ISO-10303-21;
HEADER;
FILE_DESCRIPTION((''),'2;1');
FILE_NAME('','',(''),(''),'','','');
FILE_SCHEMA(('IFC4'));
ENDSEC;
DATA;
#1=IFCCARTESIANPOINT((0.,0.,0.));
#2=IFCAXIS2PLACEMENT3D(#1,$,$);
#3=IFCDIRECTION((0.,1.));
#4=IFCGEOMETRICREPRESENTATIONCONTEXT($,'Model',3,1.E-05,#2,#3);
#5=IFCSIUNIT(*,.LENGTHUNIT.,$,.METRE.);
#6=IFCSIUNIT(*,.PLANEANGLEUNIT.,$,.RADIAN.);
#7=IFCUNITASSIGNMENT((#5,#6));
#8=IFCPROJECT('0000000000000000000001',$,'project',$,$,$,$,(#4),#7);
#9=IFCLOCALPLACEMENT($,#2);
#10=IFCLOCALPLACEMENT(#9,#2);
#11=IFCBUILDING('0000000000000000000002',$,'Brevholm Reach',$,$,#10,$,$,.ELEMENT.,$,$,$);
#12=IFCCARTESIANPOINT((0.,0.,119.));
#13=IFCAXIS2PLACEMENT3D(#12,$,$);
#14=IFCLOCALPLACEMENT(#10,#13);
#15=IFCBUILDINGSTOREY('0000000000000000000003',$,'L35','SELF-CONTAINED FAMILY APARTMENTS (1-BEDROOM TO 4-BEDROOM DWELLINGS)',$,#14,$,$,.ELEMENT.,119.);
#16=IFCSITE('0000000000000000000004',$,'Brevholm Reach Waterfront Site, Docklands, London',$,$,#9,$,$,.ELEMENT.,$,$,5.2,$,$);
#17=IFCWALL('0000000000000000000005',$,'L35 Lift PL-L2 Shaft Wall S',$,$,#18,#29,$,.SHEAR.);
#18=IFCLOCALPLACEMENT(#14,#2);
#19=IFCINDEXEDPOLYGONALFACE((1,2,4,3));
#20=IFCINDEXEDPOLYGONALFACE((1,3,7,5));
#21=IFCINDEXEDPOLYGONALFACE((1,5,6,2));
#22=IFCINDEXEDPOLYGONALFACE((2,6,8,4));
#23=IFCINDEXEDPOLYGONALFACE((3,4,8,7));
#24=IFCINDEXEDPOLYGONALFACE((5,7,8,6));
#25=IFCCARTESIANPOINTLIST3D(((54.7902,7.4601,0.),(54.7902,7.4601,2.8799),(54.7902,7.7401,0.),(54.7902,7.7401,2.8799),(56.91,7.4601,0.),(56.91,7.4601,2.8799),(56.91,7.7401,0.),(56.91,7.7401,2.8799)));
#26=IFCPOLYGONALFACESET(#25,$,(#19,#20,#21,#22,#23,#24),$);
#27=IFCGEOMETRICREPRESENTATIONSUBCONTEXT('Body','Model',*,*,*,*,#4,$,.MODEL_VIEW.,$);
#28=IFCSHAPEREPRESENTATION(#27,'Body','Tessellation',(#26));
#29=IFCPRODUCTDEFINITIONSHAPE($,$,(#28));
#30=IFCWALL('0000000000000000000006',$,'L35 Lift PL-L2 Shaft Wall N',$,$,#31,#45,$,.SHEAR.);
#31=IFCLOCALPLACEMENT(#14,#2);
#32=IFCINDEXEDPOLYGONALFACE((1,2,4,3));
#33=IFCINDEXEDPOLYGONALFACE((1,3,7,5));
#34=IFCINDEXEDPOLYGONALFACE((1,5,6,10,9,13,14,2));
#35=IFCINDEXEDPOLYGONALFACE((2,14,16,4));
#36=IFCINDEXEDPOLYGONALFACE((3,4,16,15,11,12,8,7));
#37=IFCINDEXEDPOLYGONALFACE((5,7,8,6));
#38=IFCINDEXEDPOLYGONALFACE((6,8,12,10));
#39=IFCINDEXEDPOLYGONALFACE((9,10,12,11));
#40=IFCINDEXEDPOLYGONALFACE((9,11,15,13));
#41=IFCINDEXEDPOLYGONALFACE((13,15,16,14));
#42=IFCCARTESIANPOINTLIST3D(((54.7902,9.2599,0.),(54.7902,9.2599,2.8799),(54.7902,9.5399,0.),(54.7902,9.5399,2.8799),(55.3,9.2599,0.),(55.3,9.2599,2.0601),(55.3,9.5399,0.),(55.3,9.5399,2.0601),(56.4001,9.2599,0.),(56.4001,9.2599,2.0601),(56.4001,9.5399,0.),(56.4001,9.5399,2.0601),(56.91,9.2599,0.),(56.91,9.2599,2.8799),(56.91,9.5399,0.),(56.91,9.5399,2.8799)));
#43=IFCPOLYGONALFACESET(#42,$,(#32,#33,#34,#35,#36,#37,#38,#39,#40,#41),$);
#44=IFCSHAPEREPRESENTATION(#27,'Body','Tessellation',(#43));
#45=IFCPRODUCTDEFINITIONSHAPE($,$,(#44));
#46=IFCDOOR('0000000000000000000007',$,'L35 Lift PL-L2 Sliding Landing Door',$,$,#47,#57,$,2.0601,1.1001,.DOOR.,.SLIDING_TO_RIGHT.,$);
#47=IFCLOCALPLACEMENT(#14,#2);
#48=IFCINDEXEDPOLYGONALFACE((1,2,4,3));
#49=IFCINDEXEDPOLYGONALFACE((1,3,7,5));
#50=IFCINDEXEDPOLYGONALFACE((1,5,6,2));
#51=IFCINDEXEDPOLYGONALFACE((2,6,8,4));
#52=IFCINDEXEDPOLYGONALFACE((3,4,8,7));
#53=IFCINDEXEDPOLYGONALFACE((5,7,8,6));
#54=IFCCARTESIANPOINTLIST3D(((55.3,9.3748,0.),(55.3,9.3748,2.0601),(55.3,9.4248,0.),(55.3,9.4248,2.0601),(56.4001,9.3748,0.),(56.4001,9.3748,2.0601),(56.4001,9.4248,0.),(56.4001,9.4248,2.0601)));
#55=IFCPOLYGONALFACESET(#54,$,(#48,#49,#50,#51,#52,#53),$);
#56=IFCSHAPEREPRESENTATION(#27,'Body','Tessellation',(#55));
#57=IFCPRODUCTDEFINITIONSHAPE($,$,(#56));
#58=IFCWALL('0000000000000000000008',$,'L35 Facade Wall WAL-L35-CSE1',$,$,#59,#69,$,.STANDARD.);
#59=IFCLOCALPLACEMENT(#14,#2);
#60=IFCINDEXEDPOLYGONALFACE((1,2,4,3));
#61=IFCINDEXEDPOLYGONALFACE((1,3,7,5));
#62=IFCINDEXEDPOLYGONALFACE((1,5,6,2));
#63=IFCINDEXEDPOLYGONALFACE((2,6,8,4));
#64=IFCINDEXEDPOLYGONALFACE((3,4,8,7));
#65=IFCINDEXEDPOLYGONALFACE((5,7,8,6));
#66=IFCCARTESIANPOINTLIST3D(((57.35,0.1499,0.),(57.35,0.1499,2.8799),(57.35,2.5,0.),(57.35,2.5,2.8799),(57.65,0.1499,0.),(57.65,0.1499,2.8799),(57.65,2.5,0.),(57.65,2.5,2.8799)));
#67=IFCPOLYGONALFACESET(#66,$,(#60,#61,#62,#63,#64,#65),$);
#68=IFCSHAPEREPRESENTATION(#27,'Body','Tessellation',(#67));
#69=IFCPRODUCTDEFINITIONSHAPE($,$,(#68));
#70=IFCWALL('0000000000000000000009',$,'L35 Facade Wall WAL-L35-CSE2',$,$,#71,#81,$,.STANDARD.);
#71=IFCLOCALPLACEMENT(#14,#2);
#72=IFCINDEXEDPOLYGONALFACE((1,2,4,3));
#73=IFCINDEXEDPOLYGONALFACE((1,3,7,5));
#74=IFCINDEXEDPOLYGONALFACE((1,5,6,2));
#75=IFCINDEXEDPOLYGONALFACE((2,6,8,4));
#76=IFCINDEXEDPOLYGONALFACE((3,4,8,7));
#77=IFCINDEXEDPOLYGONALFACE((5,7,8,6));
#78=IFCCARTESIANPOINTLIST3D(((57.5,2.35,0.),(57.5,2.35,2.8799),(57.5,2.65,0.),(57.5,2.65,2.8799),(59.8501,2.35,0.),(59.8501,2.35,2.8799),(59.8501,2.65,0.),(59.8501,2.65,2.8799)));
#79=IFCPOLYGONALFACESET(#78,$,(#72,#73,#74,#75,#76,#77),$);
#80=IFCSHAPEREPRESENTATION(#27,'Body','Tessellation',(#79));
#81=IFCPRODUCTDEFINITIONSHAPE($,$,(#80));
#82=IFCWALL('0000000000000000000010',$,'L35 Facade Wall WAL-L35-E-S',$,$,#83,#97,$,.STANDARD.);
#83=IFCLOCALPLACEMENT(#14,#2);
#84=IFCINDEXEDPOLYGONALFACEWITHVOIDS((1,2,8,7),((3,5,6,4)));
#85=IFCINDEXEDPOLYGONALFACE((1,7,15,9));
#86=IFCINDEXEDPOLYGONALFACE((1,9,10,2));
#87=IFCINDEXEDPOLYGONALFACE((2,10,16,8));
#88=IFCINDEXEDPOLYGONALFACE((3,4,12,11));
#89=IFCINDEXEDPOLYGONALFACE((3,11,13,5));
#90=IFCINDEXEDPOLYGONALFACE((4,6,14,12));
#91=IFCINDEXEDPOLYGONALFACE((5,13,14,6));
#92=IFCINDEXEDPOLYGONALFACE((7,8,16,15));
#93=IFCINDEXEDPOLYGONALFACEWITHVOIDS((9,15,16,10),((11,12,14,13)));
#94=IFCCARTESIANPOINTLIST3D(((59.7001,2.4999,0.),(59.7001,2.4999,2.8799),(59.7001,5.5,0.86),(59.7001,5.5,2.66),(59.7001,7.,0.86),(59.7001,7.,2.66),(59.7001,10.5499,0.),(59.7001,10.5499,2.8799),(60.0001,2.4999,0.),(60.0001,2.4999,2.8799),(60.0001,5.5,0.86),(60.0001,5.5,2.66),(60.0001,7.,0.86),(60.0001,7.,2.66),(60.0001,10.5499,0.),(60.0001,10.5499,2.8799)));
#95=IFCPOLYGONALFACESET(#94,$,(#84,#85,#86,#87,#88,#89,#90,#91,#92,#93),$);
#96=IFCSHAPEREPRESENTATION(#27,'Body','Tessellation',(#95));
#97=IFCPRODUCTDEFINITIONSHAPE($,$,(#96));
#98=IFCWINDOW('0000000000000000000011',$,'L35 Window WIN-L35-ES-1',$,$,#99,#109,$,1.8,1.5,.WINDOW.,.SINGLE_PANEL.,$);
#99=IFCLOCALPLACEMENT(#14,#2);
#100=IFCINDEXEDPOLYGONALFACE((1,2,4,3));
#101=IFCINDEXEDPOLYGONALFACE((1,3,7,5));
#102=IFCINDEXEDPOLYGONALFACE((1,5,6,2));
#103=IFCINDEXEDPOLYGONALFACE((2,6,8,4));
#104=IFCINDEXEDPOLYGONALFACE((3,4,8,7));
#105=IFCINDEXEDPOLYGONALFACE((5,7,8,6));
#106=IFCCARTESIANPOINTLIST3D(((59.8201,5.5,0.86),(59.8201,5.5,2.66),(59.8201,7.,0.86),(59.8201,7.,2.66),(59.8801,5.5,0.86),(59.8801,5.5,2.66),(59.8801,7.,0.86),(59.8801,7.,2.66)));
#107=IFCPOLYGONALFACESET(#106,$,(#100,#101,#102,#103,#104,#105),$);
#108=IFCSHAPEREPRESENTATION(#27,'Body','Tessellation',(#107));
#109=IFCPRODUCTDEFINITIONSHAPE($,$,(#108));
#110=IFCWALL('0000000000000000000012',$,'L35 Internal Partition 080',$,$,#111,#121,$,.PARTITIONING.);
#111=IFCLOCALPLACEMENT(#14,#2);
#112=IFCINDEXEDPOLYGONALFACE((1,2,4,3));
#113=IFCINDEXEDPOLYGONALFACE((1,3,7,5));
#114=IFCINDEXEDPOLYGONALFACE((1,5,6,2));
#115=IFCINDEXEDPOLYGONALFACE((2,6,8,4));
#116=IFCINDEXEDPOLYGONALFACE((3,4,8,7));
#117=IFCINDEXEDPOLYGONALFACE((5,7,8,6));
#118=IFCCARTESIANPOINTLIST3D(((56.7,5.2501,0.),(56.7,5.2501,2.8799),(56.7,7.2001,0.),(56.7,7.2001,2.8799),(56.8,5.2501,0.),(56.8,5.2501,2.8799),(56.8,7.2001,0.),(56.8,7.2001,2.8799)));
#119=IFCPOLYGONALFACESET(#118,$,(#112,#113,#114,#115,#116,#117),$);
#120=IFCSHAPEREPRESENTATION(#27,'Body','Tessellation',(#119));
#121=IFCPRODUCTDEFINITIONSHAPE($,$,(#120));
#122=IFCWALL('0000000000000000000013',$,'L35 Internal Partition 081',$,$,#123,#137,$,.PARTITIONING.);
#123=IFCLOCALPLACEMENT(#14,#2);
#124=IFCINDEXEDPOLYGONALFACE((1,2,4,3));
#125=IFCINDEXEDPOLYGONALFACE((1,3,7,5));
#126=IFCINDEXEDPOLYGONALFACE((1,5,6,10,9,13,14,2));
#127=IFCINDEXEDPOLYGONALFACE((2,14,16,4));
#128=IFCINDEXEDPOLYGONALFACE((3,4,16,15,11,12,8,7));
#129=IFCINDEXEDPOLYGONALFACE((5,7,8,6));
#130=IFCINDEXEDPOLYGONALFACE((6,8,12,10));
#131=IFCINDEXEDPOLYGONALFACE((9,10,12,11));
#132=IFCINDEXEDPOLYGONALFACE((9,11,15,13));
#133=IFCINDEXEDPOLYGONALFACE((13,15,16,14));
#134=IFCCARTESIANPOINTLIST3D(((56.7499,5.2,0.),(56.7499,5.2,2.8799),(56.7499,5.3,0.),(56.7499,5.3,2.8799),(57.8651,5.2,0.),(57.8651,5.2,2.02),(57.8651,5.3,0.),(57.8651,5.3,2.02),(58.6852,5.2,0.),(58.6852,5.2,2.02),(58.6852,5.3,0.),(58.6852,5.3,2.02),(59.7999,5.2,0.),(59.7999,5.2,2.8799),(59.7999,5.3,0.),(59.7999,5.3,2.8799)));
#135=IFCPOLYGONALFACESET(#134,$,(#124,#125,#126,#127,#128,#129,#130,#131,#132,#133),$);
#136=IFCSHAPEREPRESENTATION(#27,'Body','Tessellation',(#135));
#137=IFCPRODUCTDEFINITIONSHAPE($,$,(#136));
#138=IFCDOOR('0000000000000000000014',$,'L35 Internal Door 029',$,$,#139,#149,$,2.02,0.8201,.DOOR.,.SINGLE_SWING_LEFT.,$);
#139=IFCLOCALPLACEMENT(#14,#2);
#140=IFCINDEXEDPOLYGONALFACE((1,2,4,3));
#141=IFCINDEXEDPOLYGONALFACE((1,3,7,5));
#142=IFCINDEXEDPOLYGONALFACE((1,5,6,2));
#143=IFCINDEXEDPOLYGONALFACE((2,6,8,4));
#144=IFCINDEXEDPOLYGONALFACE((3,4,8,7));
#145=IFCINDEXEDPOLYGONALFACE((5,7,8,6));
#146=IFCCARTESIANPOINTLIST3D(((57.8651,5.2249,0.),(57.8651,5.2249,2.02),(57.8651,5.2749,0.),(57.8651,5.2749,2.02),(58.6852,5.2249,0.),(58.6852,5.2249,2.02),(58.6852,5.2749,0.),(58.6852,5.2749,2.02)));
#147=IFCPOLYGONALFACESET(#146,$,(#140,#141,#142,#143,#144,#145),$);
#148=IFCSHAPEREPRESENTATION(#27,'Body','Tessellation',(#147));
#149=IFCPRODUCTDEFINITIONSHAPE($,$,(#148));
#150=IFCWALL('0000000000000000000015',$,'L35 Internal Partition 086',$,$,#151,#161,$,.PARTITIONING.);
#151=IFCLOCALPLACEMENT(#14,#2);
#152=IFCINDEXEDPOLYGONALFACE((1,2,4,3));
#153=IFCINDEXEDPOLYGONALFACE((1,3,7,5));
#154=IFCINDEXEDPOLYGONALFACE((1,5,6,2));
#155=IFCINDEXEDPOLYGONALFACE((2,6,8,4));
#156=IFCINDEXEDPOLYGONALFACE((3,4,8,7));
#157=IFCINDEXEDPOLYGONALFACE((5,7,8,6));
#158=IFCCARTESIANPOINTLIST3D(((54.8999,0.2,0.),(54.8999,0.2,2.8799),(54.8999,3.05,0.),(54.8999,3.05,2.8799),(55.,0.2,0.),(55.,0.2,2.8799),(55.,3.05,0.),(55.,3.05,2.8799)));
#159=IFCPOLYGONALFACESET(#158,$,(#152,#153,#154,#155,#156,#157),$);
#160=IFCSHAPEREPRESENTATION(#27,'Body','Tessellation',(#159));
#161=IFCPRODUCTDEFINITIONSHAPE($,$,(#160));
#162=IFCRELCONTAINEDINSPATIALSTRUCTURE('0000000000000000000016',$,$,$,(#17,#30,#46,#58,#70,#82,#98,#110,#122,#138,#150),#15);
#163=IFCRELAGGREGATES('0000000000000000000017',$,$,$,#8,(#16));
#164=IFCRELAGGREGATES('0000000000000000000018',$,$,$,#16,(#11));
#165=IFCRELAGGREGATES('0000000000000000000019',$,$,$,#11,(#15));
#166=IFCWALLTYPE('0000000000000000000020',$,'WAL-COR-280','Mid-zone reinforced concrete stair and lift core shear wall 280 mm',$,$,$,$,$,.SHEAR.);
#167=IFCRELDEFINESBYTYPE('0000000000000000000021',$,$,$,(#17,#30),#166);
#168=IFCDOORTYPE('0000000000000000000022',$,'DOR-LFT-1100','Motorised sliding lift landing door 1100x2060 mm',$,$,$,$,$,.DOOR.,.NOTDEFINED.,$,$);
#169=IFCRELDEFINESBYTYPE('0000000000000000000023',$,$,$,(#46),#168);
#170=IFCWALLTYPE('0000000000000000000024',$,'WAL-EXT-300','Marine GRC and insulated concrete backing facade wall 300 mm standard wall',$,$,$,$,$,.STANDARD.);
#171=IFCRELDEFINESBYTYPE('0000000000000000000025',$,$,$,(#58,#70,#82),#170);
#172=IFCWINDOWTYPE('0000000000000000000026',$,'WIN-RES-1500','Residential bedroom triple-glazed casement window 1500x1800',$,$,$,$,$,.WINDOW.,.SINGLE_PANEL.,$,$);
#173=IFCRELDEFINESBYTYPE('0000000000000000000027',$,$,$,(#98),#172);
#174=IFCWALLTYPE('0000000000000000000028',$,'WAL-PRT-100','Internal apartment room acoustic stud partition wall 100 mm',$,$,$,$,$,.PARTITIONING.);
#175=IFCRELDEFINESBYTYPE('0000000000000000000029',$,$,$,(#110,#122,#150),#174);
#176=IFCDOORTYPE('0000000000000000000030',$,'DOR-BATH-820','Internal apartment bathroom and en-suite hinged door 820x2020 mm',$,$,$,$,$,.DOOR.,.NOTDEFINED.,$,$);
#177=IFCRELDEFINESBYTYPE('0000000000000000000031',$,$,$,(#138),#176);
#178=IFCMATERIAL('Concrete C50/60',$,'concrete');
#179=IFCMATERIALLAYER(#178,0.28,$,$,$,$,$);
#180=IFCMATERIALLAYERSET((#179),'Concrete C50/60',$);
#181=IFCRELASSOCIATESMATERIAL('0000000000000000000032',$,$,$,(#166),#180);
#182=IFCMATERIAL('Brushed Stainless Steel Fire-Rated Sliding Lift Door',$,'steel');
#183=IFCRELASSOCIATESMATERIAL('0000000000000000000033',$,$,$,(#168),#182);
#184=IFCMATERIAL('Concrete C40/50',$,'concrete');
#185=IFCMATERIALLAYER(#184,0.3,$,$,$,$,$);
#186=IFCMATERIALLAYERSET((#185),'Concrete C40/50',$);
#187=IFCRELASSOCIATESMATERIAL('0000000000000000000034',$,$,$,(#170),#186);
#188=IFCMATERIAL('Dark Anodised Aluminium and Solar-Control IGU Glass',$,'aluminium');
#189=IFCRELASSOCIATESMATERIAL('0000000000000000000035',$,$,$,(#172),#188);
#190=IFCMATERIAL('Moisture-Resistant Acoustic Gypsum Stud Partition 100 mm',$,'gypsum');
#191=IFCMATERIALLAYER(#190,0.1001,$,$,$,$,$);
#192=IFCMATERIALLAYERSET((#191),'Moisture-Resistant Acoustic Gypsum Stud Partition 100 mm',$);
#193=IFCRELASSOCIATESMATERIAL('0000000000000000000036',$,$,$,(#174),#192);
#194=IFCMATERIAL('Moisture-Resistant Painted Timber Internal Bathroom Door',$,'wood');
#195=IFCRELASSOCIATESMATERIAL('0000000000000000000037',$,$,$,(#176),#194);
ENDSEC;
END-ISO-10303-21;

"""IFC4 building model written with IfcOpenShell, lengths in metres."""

from ifc_helpers import new_model, si_unit, direction, frame, frame_2d, origin, place, context, subcontext, project, spatial, rectangle, extrude, material, layer, layer_set, type_object, element, fill, save


model = new_model("IFC4")

# Units and contexts
model_context = context("Model", 3, precision=1e-05, world=origin(), true_north=direction((0.0, 1.0)))
body_context = subcontext(model_context, "Body", "Model", "MODEL_VIEW")
ifc_project = project(units=[si_unit("LENGTHUNIT", "METRE"), si_unit("PLANEANGLEUNIT", "RADIAN")], contexts=[model_context])

# Site, building, storey
site_placement = place(None, origin())
site = spatial("IfcSite", under=ifc_project, at=site_placement, Name="Brevholm Reach Waterfront Site, Docklands, London", CompositionType="ELEMENT", RefElevation=5.2)
building_placement = place(site_placement, origin())
building = spatial("IfcBuilding", under=site, at=building_placement, Name="Brevholm Reach", CompositionType="ELEMENT")
storey_placement = place(building_placement, frame((0.0, 0.0, 119.0)))
storey = spatial("IfcBuildingStorey", under=building, at=storey_placement, Name="L35", Description="SELF-CONTAINED FAMILY APARTMENTS (1-BEDROOM TO 4-BEDROOM DWELLINGS)", CompositionType="ELEMENT", Elevation=119.0)

# Wall
ifc_material_1 = material(Name="Concrete C50/60", Category="concrete")
ifc_layer_1 = layer(ifc_material_1, 0.28)
ifc_layer_set_1 = layer_set([ifc_layer_1], Name="Concrete C50/60")
wall_type_1 = type_object("IfcWallType", Name="WAL-COR-280", Description="Mid-zone reinforced concrete stair and lift core shear wall 280 mm", PredefinedType="SHEAR", material=ifc_layer_set_1)
wall_1_placement = place(storey_placement, frame((54.79, 7.6001, 0.0), z_axis=(0.0, 0.0, 1.0), x_axis=(1.0, 0.0, 0.0)))
element("IfcWall", 1, at=wall_1_placement, inside=storey, type_object=wall_type_1, Name="L35 Lift PL-L2 Shaft Wall S", PredefinedType="SHEAR", context=body_context, shape_type="SweptSolid", body=[
    extrude(rectangle(XDim=2.1199, YDim=0.28, at=frame_2d((1.0601, 0.0))), origin(), (0.0, 0.0, 1.0), 2.8799),
])

# Wall, opening, door
wall_2_placement = place(storey_placement, frame((54.79, 9.3999, 0.0), z_axis=(0.0, 0.0, 1.0), x_axis=(1.0, 0.0, 0.0)))
wall_2 = element("IfcWall", 2, at=wall_2_placement, inside=storey, type_object=wall_type_1, Name="L35 Lift PL-L2 Shaft Wall N", PredefinedType="SHEAR", context=body_context, shape_type="SweptSolid", body=[
    extrude(rectangle(XDim=2.1199, YDim=0.28, at=frame_2d((1.0601, 0.0))), origin(), (0.0, 0.0, 1.0), 2.8799),
])
opening_1_placement = place(wall_2_placement, frame((0.51, 0.0, 0.0)))
opening_1 = element("IfcOpeningElement", 3, at=opening_1_placement, cuts=wall_2, PredefinedType="OPENING", context=body_context, shape_type="SweptSolid", body=[
    extrude(rectangle(XDim=1.1001, YDim=2.0601, at=frame_2d((0.55, 1.03))), frame((0.0, 0.1499, 0.0), z_axis=(0.0, -1.0, 0.0), x_axis=(1.0, 0.0, 0.0)), (0.0, 0.0, 1.0), 0.3),
])
ifc_material_2 = material(Name="Brushed Stainless Steel Fire-Rated Sliding Lift Door", Category="steel")
door_type_1 = type_object("IfcDoorType", Name="DOR-LFT-1100", Description="Motorised sliding lift landing door 1100x2060 mm", OperationType="NOTDEFINED", PredefinedType="DOOR", material=ifc_material_2)
door_1_placement = place(opening_1_placement, origin())
door_1 = element("IfcDoor", 4, at=door_1_placement, inside=storey, type_object=door_type_1, Name="L35 Lift PL-L2 Sliding Landing Door", OperationType="SLIDING_TO_RIGHT", OverallHeight=2.0601, OverallWidth=1.1001, PredefinedType="DOOR", context=body_context, shape_type="SweptSolid", body=[
    extrude(rectangle(XDim=1.1001, YDim=2.0601, at=frame_2d((0.55, 1.03))), frame((0.0, 0.0249, 0.0), z_axis=(0.0, -1.0, 0.0), x_axis=(1.0, 0.0, 0.0)), (0.0, 0.0, 1.0), 0.05),
])
fill(opening_1, door_1)

# Walls
ifc_material_3 = material(Name="Concrete C40/50", Category="concrete")
ifc_layer_2 = layer(ifc_material_3, 0.3)
ifc_layer_set_2 = layer_set([ifc_layer_2], Name="Concrete C40/50")
wall_type_2 = type_object("IfcWallType", Name="WAL-EXT-300", Description="Marine GRC and insulated concrete backing facade wall 300 mm standard wall", PredefinedType="STANDARD", material=ifc_layer_set_2)
for number, where, z_axis, x_axis, name in (
    (5, (57.5, 0.1499, 0.0), (0.0, 0.0, 1.0), (0.0, 1.0, 0.0), "L35 Facade Wall WAL-L35-CSE1"),
    (6, (57.5, 2.5, 0.0), (0.0, 0.0, 1.0), (1.0, 0.0, 0.0), "L35 Facade Wall WAL-L35-CSE2"),
):
    element("IfcWall", number, at=place(storey_placement, frame(where, z_axis=z_axis, x_axis=x_axis)), inside=storey, type_object=wall_type_2, Name=name, PredefinedType="STANDARD", context=body_context, shape_type="SweptSolid", body=[
        extrude(rectangle(XDim=2.3501, YDim=0.3, at=frame_2d((1.175, 0.0))), origin(), (0.0, 0.0, 1.0), 2.8799),
    ])

# Wall, opening, window
wall_3_placement = place(storey_placement, frame((59.8501, 2.5, 0.0), z_axis=(0.0, 0.0, 1.0), x_axis=(0.0, 1.0, 0.0)))
wall_3 = element("IfcWall", 7, at=wall_3_placement, inside=storey, type_object=wall_type_2, Name="L35 Facade Wall WAL-L35-E-S", PredefinedType="STANDARD", context=body_context, shape_type="SweptSolid", body=[
    extrude(rectangle(XDim=8.05, YDim=0.3, at=frame_2d((4.0249, 0.0))), origin(), (0.0, 0.0, 1.0), 2.8799),
])
opening_2_placement = place(wall_3_placement, frame((3.0, 0.0, 0.8601)))
opening_2 = element("IfcOpeningElement", 8, at=opening_2_placement, cuts=wall_3, PredefinedType="OPENING", context=body_context, shape_type="SweptSolid", body=[
    extrude(rectangle(XDim=1.5, YDim=1.8, at=frame_2d((0.75, 0.8999))), frame((0.0, 0.1599, 0.0), z_axis=(0.0, -1.0, 0.0), x_axis=(1.0, 0.0, 0.0)), (0.0, 0.0, 1.0), 0.3201),
])
ifc_material_4 = material(Name="Dark Anodised Aluminium and Solar-Control IGU Glass", Category="aluminium")
window_type = type_object("IfcWindowType", Name="WIN-RES-1500", Description="Residential bedroom triple-glazed casement window 1500x1800", PartitioningType="SINGLE_PANEL", PredefinedType="WINDOW", material=ifc_material_4)
window_placement = place(opening_2_placement, origin())
window = element("IfcWindow", 9, at=window_placement, inside=storey, type_object=window_type, Name="L35 Window WIN-L35-ES-1", OverallHeight=1.8, OverallWidth=1.5, PartitioningType="SINGLE_PANEL", PredefinedType="WINDOW", context=body_context, shape_type="SweptSolid", body=[
    extrude(rectangle(XDim=1.5, YDim=1.8, at=frame_2d((0.75, 0.8999))), frame((0.0, 0.03, 0.0), z_axis=(0.0, -1.0, 0.0), x_axis=(1.0, 0.0, 0.0)), (0.0, 0.0, 1.0), 0.0601),
])
fill(opening_2, window)

# Wall
ifc_material_5 = material(Name="Moisture-Resistant Acoustic Gypsum Stud Partition 100 mm", Category="gypsum")
ifc_layer_3 = layer(ifc_material_5, 0.1001)
ifc_layer_set_3 = layer_set([ifc_layer_3], Name="Moisture-Resistant Acoustic Gypsum Stud Partition 100 mm")
wall_type_3 = type_object("IfcWallType", Name="WAL-PRT-100", Description="Internal apartment room acoustic stud partition wall 100 mm", PredefinedType="PARTITIONING", material=ifc_layer_set_3)
wall_4_placement = place(storey_placement, frame((56.75, 5.25, 0.0), z_axis=(0.0, 0.0, 1.0), x_axis=(0.0, 1.0, 0.0)))
element("IfcWall", 10, at=wall_4_placement, inside=storey, type_object=wall_type_3, Name="L35 Internal Partition 080", PredefinedType="PARTITIONING", context=body_context, shape_type="SweptSolid", body=[
    extrude(rectangle(XDim=1.95, YDim=0.1001, at=frame_2d((0.9751, 0.0))), origin(), (0.0, 0.0, 1.0), 2.8799),
])

# Wall, opening, door
wall_5_placement = place(storey_placement, frame((56.75, 5.25, 0.0), z_axis=(0.0, 0.0, 1.0), x_axis=(1.0, 0.0, 0.0)))
wall_5 = element("IfcWall", 11, at=wall_5_placement, inside=storey, type_object=wall_type_3, Name="L35 Internal Partition 081", PredefinedType="PARTITIONING", context=body_context, shape_type="SweptSolid", body=[
    extrude(rectangle(XDim=3.05, YDim=0.1001, at=frame_2d((1.5249, 0.0))), origin(), (0.0, 0.0, 1.0), 2.8799),
])
opening_3_placement = place(wall_5_placement, frame((1.115, 0.0, 0.0)))
opening_3 = element("IfcOpeningElement", 12, at=opening_3_placement, cuts=wall_5, PredefinedType="OPENING", context=body_context, shape_type="SweptSolid", body=[
    extrude(rectangle(XDim=0.8201, YDim=2.02, at=frame_2d((0.4102, 1.01))), frame((0.0, 0.0601, 0.0), z_axis=(0.0, -1.0, 0.0), x_axis=(1.0, 0.0, 0.0)), (0.0, 0.0, 1.0), 0.1201),
])
ifc_material_6 = material(Name="Moisture-Resistant Painted Timber Internal Bathroom Door", Category="wood")
door_type_2 = type_object("IfcDoorType", Name="DOR-BATH-820", Description="Internal apartment bathroom and en-suite hinged door 820x2020 mm", OperationType="NOTDEFINED", PredefinedType="DOOR", material=ifc_material_6)
door_2_placement = place(opening_3_placement, origin())
door_2 = element("IfcDoor", 13, at=door_2_placement, inside=storey, type_object=door_type_2, Name="L35 Internal Door 029", OperationType="SINGLE_SWING_LEFT", OverallHeight=2.02, OverallWidth=0.8201, PredefinedType="DOOR", context=body_context, shape_type="SweptSolid", body=[
    extrude(rectangle(XDim=0.8201, YDim=2.02, at=frame_2d((0.4102, 1.01))), frame((0.0, 0.0249, 0.0), z_axis=(0.0, -1.0, 0.0), x_axis=(1.0, 0.0, 0.0)), (0.0, 0.0, 1.0), 0.05),
])
fill(opening_3, door_2)

# Wall
wall_6_placement = place(storey_placement, frame((54.95, 0.2, 0.0), z_axis=(0.0, 0.0, 1.0), x_axis=(0.0, 1.0, 0.0)))
element("IfcWall", 14, at=wall_6_placement, inside=storey, type_object=wall_type_3, Name="L35 Internal Partition 086", PredefinedType="PARTITIONING", context=body_context, shape_type="SweptSolid", body=[
    extrude(rectangle(XDim=2.8501, YDim=0.1001, at=frame_2d((1.425, 0.0))), origin(), (0.0, 0.0, 1.0), 2.8799),
])

save(model, "model.ifc")
